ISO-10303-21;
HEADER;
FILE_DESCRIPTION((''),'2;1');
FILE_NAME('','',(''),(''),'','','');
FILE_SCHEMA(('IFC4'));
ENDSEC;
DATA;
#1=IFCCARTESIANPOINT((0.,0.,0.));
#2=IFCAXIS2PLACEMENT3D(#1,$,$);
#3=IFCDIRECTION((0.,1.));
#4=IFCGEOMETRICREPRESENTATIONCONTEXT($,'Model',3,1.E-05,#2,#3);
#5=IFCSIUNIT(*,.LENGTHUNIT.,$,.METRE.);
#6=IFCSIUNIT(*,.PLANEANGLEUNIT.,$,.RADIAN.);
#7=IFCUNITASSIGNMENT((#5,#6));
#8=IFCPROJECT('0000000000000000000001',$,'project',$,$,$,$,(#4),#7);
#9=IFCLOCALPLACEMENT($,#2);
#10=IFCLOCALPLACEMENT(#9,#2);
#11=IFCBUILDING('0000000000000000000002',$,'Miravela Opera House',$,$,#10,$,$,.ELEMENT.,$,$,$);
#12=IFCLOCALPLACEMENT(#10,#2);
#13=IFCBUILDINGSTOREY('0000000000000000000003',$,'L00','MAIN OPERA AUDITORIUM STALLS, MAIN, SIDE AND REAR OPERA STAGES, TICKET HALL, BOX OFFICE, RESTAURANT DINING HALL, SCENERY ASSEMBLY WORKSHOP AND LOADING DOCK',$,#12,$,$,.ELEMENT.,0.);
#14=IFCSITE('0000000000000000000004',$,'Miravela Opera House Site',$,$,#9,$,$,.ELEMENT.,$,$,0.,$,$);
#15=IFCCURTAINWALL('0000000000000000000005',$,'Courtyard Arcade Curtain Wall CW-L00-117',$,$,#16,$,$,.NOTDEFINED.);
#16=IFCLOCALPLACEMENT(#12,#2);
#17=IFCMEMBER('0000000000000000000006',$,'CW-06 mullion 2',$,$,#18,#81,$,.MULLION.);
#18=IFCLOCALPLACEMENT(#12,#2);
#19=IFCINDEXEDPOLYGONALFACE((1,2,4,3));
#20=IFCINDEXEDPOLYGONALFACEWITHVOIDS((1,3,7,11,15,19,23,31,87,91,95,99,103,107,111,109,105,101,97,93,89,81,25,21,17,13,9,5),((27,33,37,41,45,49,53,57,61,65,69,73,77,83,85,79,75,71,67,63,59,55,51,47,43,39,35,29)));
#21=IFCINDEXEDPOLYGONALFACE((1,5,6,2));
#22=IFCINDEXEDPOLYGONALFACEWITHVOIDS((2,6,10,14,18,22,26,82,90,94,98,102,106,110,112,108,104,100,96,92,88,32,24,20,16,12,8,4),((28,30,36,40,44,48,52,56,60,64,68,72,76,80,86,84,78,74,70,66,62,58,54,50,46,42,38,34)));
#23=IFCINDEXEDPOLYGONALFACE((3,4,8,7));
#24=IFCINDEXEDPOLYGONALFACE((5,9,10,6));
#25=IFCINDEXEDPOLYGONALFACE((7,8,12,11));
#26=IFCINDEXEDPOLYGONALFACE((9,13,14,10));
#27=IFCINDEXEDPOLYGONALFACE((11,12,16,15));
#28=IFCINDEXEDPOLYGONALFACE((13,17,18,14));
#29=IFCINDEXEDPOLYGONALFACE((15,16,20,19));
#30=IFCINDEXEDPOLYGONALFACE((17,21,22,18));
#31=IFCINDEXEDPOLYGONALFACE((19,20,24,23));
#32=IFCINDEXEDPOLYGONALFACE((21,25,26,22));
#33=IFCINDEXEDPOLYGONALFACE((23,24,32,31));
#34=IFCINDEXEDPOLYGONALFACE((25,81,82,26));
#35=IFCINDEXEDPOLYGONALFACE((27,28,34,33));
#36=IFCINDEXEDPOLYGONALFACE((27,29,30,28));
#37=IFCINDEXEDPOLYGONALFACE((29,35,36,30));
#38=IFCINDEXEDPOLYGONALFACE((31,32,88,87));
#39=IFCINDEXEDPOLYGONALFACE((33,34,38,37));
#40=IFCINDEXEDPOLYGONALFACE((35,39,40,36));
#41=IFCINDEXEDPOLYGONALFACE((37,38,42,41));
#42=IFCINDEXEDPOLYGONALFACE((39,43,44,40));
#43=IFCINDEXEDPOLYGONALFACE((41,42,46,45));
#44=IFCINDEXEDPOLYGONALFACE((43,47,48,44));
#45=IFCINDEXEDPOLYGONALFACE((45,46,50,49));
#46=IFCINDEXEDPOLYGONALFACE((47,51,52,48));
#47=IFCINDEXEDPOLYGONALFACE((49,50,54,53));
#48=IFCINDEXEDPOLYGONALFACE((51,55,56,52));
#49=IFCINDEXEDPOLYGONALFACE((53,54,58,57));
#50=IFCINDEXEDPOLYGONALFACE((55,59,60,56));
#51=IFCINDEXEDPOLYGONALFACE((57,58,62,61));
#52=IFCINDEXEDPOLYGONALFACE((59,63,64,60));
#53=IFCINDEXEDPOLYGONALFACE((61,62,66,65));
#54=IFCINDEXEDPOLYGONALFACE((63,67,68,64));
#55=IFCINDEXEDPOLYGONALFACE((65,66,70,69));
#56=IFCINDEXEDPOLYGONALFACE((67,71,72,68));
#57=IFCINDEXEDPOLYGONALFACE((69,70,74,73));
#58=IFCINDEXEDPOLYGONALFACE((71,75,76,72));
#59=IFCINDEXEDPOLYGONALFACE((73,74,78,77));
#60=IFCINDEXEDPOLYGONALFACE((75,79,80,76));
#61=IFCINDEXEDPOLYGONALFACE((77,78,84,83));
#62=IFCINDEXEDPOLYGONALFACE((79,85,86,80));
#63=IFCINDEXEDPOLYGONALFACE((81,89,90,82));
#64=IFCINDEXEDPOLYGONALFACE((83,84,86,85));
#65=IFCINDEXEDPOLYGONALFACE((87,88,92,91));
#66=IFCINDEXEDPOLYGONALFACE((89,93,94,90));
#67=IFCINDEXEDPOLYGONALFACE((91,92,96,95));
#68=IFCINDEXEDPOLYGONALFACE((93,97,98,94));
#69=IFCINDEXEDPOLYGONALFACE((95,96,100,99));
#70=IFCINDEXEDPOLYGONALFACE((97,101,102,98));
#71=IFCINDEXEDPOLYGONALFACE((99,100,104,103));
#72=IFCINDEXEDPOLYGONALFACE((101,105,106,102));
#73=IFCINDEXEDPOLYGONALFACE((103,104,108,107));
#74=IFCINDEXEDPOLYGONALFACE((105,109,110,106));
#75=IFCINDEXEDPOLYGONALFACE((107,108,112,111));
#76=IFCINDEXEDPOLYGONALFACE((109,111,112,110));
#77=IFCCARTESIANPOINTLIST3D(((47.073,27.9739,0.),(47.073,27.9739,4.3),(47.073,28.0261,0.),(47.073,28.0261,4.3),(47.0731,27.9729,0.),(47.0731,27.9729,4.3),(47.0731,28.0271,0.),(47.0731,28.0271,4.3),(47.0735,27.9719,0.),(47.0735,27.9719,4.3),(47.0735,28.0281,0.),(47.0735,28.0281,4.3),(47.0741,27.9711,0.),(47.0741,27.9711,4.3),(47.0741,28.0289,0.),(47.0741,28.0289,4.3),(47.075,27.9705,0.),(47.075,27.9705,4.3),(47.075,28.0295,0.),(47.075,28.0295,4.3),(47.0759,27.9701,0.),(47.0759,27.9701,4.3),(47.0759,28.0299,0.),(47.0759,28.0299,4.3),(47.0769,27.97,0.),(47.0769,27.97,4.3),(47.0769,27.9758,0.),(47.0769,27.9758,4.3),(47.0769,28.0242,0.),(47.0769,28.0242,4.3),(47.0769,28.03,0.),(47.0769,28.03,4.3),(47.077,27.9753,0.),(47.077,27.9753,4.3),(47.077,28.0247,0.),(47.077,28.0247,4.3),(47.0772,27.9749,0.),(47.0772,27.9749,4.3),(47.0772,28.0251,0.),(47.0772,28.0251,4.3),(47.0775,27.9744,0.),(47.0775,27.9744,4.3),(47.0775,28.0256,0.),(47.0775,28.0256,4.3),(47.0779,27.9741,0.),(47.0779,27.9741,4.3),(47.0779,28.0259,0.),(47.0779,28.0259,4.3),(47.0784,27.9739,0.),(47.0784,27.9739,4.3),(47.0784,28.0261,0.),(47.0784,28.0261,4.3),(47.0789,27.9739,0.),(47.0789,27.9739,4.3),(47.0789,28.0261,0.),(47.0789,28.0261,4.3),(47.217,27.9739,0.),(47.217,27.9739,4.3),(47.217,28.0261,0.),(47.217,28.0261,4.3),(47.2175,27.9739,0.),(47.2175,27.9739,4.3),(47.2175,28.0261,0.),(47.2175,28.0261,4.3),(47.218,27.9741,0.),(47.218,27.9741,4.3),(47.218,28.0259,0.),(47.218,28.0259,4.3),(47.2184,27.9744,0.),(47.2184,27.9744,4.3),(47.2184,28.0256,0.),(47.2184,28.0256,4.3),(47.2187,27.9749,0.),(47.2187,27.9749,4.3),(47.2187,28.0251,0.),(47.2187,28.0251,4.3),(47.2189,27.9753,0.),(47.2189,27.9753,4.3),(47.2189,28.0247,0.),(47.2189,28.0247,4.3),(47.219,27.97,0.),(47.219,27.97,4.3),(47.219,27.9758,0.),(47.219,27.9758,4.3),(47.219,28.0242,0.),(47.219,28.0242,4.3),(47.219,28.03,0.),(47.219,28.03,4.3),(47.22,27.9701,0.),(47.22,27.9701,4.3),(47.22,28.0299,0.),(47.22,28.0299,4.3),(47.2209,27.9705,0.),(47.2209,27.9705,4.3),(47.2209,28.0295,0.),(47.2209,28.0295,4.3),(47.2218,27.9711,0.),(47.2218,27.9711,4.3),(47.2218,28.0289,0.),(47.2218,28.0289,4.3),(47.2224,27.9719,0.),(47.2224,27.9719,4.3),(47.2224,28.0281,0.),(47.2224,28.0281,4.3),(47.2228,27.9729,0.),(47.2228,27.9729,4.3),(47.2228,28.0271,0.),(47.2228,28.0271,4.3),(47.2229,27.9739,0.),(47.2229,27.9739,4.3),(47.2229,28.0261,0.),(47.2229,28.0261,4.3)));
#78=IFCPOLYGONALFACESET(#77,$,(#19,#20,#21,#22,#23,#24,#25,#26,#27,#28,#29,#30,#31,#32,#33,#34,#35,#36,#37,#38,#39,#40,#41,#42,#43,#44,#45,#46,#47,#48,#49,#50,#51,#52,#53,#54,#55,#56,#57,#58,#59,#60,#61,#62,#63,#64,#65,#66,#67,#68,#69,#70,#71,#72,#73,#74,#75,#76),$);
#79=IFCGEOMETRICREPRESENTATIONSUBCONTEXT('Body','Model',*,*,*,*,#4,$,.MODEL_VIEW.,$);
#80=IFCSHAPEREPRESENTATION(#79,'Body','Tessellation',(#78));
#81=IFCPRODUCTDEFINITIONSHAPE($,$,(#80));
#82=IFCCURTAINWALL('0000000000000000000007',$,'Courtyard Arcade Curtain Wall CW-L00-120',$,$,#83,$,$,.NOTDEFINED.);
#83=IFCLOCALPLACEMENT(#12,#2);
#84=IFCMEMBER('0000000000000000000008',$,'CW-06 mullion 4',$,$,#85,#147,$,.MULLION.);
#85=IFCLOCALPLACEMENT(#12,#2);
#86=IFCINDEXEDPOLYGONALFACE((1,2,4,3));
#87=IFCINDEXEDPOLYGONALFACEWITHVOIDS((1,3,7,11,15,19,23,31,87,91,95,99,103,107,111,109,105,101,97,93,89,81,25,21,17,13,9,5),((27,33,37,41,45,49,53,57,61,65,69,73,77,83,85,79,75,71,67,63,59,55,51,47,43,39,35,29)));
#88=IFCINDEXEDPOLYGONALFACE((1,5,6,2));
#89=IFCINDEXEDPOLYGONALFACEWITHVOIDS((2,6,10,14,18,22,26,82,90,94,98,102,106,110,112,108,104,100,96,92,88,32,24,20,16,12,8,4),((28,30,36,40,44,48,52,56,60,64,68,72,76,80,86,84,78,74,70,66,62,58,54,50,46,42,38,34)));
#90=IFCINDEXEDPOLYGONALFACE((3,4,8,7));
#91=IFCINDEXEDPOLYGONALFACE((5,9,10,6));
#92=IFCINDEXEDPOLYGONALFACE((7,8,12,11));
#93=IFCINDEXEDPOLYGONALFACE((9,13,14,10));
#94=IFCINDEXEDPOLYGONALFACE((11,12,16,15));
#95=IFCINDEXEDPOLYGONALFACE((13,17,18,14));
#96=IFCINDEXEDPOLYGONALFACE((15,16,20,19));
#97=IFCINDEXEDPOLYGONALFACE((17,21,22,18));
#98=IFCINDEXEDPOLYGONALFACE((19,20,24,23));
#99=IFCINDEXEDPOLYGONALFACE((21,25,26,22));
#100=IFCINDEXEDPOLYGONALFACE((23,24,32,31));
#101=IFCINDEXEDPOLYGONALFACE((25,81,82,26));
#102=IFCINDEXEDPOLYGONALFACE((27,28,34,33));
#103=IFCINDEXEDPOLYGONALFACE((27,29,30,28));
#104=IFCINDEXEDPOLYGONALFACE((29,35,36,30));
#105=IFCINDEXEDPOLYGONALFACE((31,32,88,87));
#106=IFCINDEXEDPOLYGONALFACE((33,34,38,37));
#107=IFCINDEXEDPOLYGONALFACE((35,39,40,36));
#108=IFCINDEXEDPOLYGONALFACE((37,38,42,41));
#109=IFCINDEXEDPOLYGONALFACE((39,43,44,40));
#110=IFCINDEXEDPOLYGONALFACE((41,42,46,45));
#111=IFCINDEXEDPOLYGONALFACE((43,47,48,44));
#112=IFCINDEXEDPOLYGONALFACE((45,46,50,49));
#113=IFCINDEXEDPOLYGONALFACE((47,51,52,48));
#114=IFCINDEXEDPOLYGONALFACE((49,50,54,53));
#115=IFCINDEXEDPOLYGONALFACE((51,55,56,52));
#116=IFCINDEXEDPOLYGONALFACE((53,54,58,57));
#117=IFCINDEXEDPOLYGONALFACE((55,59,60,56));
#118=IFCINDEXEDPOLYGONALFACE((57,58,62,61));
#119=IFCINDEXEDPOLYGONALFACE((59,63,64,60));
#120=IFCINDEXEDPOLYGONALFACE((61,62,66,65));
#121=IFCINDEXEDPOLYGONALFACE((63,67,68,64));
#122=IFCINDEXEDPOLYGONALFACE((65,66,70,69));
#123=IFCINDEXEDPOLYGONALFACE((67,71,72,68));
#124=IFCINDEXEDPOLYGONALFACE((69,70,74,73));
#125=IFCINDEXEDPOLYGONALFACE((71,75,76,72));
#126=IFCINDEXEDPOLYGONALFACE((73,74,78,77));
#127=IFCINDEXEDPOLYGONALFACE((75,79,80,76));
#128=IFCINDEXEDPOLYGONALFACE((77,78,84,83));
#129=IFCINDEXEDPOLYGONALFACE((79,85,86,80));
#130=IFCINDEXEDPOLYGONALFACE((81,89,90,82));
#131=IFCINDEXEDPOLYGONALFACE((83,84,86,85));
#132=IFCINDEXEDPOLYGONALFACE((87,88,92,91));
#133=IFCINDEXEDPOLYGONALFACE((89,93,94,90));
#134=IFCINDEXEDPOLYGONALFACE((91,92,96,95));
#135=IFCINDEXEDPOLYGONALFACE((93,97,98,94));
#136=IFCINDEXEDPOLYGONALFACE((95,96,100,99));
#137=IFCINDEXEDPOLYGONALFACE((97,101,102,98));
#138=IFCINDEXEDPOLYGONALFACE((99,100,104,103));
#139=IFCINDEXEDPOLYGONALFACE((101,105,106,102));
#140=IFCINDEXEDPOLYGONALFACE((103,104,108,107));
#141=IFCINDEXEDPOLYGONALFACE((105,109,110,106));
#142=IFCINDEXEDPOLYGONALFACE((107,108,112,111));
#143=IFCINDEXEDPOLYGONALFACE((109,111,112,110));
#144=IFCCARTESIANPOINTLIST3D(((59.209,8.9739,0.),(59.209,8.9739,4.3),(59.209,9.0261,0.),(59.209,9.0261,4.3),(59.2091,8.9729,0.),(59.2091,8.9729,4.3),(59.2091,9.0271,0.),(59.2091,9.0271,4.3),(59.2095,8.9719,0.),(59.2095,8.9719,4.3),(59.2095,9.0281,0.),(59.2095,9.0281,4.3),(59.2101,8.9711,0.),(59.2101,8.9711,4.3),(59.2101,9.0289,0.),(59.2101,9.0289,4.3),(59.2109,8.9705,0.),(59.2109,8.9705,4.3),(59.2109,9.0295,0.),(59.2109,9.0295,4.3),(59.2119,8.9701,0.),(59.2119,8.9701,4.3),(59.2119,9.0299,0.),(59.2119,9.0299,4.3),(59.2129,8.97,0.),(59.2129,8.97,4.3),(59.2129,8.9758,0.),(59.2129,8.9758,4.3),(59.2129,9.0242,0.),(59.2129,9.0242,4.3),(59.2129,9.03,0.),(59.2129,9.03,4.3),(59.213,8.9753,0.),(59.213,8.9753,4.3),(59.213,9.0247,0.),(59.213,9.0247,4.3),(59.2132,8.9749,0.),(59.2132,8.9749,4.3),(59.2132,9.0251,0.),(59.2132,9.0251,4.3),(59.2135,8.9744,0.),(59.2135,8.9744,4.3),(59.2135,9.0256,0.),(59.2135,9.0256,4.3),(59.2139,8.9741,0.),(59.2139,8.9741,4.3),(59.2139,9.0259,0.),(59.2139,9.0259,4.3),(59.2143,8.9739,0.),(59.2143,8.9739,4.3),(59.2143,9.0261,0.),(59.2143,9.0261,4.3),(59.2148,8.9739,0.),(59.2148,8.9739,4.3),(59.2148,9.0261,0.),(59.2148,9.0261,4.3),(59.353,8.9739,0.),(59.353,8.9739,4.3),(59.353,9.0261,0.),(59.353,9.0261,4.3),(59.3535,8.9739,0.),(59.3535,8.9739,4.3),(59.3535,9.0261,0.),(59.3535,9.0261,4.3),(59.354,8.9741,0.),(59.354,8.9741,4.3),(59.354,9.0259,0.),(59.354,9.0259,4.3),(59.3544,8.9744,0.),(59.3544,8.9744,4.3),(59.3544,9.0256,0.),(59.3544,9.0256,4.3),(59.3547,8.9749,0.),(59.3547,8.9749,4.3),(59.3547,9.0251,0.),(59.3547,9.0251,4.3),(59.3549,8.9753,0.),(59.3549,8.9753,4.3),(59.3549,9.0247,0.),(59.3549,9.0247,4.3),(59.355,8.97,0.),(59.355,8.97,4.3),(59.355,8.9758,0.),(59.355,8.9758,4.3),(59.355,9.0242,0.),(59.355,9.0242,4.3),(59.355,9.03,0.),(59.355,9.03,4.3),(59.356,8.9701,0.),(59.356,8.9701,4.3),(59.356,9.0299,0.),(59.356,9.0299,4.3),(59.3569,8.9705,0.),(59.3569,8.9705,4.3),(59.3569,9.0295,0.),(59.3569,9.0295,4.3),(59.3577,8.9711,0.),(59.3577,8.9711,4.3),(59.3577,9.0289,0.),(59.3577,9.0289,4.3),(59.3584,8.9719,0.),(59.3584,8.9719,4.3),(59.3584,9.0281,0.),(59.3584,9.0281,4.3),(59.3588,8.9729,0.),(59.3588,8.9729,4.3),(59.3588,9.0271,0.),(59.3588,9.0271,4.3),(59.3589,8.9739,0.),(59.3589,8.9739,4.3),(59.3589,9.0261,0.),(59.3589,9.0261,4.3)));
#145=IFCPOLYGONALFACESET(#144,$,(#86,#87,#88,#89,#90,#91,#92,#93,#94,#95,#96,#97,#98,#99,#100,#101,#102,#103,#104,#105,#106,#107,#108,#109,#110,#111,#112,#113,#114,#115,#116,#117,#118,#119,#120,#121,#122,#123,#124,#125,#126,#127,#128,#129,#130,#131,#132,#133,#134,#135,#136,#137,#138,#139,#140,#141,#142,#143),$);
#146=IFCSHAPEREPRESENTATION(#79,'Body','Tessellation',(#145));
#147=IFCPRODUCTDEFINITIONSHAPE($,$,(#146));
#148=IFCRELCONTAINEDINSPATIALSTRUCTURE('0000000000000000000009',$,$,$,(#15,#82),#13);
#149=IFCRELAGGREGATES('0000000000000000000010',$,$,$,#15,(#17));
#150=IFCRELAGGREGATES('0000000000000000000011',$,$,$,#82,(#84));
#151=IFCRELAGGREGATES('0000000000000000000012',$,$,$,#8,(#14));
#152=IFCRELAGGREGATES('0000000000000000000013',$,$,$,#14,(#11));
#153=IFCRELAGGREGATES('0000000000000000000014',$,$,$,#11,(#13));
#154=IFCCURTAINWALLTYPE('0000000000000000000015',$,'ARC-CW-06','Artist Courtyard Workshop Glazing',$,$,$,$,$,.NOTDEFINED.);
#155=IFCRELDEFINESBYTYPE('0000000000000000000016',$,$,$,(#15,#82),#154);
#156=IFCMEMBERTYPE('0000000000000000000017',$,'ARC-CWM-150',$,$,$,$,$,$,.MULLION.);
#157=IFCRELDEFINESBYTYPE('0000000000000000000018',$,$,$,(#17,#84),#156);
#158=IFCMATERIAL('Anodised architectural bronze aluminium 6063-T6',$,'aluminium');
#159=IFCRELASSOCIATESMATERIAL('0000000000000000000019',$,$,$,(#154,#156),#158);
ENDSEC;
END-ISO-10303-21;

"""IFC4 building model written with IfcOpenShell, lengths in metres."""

from ifc_helpers import new_model, si_unit, direction, frame, origin, origin_2d, place, context, subcontext, project, spatial, hollow_rectangle, extrude, material, material_profile, profile_set, type_object, element, aggregate, save


model = new_model("IFC4")

# Units and contexts
model_context = context("Model", 3, precision=1e-05, world=origin(), true_north=direction((0.0, 1.0)))
body_context = subcontext(model_context, "Body", "Model", "MODEL_VIEW")
ifc_project = project(units=[si_unit("LENGTHUNIT", "METRE"), si_unit("PLANEANGLEUNIT", "RADIAN")], contexts=[model_context])

# Site, building, storey
site_placement = place(None, origin())
site = spatial("IfcSite", under=ifc_project, at=site_placement, Name="Miravela Opera House Site", CompositionType="ELEMENT", RefElevation=0.0)
building_placement = place(site_placement, origin())
building = spatial("IfcBuilding", under=site, at=building_placement, Name="Miravela Opera House", CompositionType="ELEMENT")
storey_placement = place(building_placement, origin())
storey = spatial("IfcBuildingStorey", under=building, at=storey_placement, Name="L00", Description="MAIN OPERA AUDITORIUM STALLS, MAIN, SIDE AND REAR OPERA STAGES, TICKET HALL, BOX OFFICE, RESTAURANT DINING HALL, SCENERY ASSEMBLY WORKSHOP AND LOADING DOCK", CompositionType="ELEMENT", Elevation=0.0)

# Shared definitions
ifc_material_1 = material(Name="Anodised architectural bronze aluminium 6063-T6", Category="aluminium")
curtain_wall_type = type_object("IfcCurtainWallType", Name="ARC-CW-06", Description="Artist Courtyard Workshop Glazing", PredefinedType="NOTDEFINED", material=ifc_material_1)
ifc_material_profile_1 = material_profile(ifc_material_1, hollow_rectangle(XDim=0.0601, YDim=0.1499, WallThickness=0.0039, InnerFilletRadius=0.002, OuterFilletRadius=0.0039, at=origin_2d()), Name="CWM-60X150")
ifc_profile_set_1 = profile_set([ifc_material_profile_1])
member_type_1 = type_object("IfcMemberType", Name="ARC-CWM-150", PredefinedType="MULLION", material=ifc_profile_set_1)

# Curtain wall, member
curtain_wall_1_placement = place(storey_placement, origin())
curtain_wall_1 = element("IfcCurtainWall", 1, at=curtain_wall_1_placement, inside=storey, type_object=curtain_wall_type, Name="Courtyard Arcade Curtain Wall CW-L00-117", PredefinedType="NOTDEFINED")
member_1_placement = place(storey_placement, frame((47.1479, 28.0, 0.0), z_axis=(0.0, 0.0, 1.0), x_axis=(0.0, 1.0, 0.0)))
member_1 = element("IfcMember", 2, at=member_1_placement, type_object=member_type_1, Name="CW-06 mullion 2", PredefinedType="MULLION", context=body_context, shape_type="SweptSolid", body=[
    extrude(hollow_rectangle(XDim=0.0601, YDim=0.1499, WallThickness=0.0039, InnerFilletRadius=0.002, OuterFilletRadius=0.0039, at=origin_2d()), origin(), (0.0, 0.0, 1.0), 4.3),
])

# Curtain wall, member
curtain_wall_2_placement = place(storey_placement, origin())
curtain_wall_2 = element("IfcCurtainWall", 3, at=curtain_wall_2_placement, inside=storey, type_object=curtain_wall_type, Name="Courtyard Arcade Curtain Wall CW-L00-120", PredefinedType="NOTDEFINED")
member_2_placement = place(storey_placement, frame((59.2839, 9.0, 0.0), z_axis=(0.0, 0.0, 1.0), x_axis=(0.0, 1.0, 0.0)))
member_2 = element("IfcMember", 4, at=member_2_placement, type_object=member_type_1, Name="CW-06 mullion 4", PredefinedType="MULLION", context=body_context, shape_type="SweptSolid", body=[
    extrude(hollow_rectangle(XDim=0.0601, YDim=0.1499, WallThickness=0.0039, InnerFilletRadius=0.002, OuterFilletRadius=0.0039, at=origin_2d()), origin(), (0.0, 0.0, 1.0), 4.3),
])

aggregate(curtain_wall_1, [member_1])
aggregate(curtain_wall_2, [member_2])

save(model, "model.ifc")
